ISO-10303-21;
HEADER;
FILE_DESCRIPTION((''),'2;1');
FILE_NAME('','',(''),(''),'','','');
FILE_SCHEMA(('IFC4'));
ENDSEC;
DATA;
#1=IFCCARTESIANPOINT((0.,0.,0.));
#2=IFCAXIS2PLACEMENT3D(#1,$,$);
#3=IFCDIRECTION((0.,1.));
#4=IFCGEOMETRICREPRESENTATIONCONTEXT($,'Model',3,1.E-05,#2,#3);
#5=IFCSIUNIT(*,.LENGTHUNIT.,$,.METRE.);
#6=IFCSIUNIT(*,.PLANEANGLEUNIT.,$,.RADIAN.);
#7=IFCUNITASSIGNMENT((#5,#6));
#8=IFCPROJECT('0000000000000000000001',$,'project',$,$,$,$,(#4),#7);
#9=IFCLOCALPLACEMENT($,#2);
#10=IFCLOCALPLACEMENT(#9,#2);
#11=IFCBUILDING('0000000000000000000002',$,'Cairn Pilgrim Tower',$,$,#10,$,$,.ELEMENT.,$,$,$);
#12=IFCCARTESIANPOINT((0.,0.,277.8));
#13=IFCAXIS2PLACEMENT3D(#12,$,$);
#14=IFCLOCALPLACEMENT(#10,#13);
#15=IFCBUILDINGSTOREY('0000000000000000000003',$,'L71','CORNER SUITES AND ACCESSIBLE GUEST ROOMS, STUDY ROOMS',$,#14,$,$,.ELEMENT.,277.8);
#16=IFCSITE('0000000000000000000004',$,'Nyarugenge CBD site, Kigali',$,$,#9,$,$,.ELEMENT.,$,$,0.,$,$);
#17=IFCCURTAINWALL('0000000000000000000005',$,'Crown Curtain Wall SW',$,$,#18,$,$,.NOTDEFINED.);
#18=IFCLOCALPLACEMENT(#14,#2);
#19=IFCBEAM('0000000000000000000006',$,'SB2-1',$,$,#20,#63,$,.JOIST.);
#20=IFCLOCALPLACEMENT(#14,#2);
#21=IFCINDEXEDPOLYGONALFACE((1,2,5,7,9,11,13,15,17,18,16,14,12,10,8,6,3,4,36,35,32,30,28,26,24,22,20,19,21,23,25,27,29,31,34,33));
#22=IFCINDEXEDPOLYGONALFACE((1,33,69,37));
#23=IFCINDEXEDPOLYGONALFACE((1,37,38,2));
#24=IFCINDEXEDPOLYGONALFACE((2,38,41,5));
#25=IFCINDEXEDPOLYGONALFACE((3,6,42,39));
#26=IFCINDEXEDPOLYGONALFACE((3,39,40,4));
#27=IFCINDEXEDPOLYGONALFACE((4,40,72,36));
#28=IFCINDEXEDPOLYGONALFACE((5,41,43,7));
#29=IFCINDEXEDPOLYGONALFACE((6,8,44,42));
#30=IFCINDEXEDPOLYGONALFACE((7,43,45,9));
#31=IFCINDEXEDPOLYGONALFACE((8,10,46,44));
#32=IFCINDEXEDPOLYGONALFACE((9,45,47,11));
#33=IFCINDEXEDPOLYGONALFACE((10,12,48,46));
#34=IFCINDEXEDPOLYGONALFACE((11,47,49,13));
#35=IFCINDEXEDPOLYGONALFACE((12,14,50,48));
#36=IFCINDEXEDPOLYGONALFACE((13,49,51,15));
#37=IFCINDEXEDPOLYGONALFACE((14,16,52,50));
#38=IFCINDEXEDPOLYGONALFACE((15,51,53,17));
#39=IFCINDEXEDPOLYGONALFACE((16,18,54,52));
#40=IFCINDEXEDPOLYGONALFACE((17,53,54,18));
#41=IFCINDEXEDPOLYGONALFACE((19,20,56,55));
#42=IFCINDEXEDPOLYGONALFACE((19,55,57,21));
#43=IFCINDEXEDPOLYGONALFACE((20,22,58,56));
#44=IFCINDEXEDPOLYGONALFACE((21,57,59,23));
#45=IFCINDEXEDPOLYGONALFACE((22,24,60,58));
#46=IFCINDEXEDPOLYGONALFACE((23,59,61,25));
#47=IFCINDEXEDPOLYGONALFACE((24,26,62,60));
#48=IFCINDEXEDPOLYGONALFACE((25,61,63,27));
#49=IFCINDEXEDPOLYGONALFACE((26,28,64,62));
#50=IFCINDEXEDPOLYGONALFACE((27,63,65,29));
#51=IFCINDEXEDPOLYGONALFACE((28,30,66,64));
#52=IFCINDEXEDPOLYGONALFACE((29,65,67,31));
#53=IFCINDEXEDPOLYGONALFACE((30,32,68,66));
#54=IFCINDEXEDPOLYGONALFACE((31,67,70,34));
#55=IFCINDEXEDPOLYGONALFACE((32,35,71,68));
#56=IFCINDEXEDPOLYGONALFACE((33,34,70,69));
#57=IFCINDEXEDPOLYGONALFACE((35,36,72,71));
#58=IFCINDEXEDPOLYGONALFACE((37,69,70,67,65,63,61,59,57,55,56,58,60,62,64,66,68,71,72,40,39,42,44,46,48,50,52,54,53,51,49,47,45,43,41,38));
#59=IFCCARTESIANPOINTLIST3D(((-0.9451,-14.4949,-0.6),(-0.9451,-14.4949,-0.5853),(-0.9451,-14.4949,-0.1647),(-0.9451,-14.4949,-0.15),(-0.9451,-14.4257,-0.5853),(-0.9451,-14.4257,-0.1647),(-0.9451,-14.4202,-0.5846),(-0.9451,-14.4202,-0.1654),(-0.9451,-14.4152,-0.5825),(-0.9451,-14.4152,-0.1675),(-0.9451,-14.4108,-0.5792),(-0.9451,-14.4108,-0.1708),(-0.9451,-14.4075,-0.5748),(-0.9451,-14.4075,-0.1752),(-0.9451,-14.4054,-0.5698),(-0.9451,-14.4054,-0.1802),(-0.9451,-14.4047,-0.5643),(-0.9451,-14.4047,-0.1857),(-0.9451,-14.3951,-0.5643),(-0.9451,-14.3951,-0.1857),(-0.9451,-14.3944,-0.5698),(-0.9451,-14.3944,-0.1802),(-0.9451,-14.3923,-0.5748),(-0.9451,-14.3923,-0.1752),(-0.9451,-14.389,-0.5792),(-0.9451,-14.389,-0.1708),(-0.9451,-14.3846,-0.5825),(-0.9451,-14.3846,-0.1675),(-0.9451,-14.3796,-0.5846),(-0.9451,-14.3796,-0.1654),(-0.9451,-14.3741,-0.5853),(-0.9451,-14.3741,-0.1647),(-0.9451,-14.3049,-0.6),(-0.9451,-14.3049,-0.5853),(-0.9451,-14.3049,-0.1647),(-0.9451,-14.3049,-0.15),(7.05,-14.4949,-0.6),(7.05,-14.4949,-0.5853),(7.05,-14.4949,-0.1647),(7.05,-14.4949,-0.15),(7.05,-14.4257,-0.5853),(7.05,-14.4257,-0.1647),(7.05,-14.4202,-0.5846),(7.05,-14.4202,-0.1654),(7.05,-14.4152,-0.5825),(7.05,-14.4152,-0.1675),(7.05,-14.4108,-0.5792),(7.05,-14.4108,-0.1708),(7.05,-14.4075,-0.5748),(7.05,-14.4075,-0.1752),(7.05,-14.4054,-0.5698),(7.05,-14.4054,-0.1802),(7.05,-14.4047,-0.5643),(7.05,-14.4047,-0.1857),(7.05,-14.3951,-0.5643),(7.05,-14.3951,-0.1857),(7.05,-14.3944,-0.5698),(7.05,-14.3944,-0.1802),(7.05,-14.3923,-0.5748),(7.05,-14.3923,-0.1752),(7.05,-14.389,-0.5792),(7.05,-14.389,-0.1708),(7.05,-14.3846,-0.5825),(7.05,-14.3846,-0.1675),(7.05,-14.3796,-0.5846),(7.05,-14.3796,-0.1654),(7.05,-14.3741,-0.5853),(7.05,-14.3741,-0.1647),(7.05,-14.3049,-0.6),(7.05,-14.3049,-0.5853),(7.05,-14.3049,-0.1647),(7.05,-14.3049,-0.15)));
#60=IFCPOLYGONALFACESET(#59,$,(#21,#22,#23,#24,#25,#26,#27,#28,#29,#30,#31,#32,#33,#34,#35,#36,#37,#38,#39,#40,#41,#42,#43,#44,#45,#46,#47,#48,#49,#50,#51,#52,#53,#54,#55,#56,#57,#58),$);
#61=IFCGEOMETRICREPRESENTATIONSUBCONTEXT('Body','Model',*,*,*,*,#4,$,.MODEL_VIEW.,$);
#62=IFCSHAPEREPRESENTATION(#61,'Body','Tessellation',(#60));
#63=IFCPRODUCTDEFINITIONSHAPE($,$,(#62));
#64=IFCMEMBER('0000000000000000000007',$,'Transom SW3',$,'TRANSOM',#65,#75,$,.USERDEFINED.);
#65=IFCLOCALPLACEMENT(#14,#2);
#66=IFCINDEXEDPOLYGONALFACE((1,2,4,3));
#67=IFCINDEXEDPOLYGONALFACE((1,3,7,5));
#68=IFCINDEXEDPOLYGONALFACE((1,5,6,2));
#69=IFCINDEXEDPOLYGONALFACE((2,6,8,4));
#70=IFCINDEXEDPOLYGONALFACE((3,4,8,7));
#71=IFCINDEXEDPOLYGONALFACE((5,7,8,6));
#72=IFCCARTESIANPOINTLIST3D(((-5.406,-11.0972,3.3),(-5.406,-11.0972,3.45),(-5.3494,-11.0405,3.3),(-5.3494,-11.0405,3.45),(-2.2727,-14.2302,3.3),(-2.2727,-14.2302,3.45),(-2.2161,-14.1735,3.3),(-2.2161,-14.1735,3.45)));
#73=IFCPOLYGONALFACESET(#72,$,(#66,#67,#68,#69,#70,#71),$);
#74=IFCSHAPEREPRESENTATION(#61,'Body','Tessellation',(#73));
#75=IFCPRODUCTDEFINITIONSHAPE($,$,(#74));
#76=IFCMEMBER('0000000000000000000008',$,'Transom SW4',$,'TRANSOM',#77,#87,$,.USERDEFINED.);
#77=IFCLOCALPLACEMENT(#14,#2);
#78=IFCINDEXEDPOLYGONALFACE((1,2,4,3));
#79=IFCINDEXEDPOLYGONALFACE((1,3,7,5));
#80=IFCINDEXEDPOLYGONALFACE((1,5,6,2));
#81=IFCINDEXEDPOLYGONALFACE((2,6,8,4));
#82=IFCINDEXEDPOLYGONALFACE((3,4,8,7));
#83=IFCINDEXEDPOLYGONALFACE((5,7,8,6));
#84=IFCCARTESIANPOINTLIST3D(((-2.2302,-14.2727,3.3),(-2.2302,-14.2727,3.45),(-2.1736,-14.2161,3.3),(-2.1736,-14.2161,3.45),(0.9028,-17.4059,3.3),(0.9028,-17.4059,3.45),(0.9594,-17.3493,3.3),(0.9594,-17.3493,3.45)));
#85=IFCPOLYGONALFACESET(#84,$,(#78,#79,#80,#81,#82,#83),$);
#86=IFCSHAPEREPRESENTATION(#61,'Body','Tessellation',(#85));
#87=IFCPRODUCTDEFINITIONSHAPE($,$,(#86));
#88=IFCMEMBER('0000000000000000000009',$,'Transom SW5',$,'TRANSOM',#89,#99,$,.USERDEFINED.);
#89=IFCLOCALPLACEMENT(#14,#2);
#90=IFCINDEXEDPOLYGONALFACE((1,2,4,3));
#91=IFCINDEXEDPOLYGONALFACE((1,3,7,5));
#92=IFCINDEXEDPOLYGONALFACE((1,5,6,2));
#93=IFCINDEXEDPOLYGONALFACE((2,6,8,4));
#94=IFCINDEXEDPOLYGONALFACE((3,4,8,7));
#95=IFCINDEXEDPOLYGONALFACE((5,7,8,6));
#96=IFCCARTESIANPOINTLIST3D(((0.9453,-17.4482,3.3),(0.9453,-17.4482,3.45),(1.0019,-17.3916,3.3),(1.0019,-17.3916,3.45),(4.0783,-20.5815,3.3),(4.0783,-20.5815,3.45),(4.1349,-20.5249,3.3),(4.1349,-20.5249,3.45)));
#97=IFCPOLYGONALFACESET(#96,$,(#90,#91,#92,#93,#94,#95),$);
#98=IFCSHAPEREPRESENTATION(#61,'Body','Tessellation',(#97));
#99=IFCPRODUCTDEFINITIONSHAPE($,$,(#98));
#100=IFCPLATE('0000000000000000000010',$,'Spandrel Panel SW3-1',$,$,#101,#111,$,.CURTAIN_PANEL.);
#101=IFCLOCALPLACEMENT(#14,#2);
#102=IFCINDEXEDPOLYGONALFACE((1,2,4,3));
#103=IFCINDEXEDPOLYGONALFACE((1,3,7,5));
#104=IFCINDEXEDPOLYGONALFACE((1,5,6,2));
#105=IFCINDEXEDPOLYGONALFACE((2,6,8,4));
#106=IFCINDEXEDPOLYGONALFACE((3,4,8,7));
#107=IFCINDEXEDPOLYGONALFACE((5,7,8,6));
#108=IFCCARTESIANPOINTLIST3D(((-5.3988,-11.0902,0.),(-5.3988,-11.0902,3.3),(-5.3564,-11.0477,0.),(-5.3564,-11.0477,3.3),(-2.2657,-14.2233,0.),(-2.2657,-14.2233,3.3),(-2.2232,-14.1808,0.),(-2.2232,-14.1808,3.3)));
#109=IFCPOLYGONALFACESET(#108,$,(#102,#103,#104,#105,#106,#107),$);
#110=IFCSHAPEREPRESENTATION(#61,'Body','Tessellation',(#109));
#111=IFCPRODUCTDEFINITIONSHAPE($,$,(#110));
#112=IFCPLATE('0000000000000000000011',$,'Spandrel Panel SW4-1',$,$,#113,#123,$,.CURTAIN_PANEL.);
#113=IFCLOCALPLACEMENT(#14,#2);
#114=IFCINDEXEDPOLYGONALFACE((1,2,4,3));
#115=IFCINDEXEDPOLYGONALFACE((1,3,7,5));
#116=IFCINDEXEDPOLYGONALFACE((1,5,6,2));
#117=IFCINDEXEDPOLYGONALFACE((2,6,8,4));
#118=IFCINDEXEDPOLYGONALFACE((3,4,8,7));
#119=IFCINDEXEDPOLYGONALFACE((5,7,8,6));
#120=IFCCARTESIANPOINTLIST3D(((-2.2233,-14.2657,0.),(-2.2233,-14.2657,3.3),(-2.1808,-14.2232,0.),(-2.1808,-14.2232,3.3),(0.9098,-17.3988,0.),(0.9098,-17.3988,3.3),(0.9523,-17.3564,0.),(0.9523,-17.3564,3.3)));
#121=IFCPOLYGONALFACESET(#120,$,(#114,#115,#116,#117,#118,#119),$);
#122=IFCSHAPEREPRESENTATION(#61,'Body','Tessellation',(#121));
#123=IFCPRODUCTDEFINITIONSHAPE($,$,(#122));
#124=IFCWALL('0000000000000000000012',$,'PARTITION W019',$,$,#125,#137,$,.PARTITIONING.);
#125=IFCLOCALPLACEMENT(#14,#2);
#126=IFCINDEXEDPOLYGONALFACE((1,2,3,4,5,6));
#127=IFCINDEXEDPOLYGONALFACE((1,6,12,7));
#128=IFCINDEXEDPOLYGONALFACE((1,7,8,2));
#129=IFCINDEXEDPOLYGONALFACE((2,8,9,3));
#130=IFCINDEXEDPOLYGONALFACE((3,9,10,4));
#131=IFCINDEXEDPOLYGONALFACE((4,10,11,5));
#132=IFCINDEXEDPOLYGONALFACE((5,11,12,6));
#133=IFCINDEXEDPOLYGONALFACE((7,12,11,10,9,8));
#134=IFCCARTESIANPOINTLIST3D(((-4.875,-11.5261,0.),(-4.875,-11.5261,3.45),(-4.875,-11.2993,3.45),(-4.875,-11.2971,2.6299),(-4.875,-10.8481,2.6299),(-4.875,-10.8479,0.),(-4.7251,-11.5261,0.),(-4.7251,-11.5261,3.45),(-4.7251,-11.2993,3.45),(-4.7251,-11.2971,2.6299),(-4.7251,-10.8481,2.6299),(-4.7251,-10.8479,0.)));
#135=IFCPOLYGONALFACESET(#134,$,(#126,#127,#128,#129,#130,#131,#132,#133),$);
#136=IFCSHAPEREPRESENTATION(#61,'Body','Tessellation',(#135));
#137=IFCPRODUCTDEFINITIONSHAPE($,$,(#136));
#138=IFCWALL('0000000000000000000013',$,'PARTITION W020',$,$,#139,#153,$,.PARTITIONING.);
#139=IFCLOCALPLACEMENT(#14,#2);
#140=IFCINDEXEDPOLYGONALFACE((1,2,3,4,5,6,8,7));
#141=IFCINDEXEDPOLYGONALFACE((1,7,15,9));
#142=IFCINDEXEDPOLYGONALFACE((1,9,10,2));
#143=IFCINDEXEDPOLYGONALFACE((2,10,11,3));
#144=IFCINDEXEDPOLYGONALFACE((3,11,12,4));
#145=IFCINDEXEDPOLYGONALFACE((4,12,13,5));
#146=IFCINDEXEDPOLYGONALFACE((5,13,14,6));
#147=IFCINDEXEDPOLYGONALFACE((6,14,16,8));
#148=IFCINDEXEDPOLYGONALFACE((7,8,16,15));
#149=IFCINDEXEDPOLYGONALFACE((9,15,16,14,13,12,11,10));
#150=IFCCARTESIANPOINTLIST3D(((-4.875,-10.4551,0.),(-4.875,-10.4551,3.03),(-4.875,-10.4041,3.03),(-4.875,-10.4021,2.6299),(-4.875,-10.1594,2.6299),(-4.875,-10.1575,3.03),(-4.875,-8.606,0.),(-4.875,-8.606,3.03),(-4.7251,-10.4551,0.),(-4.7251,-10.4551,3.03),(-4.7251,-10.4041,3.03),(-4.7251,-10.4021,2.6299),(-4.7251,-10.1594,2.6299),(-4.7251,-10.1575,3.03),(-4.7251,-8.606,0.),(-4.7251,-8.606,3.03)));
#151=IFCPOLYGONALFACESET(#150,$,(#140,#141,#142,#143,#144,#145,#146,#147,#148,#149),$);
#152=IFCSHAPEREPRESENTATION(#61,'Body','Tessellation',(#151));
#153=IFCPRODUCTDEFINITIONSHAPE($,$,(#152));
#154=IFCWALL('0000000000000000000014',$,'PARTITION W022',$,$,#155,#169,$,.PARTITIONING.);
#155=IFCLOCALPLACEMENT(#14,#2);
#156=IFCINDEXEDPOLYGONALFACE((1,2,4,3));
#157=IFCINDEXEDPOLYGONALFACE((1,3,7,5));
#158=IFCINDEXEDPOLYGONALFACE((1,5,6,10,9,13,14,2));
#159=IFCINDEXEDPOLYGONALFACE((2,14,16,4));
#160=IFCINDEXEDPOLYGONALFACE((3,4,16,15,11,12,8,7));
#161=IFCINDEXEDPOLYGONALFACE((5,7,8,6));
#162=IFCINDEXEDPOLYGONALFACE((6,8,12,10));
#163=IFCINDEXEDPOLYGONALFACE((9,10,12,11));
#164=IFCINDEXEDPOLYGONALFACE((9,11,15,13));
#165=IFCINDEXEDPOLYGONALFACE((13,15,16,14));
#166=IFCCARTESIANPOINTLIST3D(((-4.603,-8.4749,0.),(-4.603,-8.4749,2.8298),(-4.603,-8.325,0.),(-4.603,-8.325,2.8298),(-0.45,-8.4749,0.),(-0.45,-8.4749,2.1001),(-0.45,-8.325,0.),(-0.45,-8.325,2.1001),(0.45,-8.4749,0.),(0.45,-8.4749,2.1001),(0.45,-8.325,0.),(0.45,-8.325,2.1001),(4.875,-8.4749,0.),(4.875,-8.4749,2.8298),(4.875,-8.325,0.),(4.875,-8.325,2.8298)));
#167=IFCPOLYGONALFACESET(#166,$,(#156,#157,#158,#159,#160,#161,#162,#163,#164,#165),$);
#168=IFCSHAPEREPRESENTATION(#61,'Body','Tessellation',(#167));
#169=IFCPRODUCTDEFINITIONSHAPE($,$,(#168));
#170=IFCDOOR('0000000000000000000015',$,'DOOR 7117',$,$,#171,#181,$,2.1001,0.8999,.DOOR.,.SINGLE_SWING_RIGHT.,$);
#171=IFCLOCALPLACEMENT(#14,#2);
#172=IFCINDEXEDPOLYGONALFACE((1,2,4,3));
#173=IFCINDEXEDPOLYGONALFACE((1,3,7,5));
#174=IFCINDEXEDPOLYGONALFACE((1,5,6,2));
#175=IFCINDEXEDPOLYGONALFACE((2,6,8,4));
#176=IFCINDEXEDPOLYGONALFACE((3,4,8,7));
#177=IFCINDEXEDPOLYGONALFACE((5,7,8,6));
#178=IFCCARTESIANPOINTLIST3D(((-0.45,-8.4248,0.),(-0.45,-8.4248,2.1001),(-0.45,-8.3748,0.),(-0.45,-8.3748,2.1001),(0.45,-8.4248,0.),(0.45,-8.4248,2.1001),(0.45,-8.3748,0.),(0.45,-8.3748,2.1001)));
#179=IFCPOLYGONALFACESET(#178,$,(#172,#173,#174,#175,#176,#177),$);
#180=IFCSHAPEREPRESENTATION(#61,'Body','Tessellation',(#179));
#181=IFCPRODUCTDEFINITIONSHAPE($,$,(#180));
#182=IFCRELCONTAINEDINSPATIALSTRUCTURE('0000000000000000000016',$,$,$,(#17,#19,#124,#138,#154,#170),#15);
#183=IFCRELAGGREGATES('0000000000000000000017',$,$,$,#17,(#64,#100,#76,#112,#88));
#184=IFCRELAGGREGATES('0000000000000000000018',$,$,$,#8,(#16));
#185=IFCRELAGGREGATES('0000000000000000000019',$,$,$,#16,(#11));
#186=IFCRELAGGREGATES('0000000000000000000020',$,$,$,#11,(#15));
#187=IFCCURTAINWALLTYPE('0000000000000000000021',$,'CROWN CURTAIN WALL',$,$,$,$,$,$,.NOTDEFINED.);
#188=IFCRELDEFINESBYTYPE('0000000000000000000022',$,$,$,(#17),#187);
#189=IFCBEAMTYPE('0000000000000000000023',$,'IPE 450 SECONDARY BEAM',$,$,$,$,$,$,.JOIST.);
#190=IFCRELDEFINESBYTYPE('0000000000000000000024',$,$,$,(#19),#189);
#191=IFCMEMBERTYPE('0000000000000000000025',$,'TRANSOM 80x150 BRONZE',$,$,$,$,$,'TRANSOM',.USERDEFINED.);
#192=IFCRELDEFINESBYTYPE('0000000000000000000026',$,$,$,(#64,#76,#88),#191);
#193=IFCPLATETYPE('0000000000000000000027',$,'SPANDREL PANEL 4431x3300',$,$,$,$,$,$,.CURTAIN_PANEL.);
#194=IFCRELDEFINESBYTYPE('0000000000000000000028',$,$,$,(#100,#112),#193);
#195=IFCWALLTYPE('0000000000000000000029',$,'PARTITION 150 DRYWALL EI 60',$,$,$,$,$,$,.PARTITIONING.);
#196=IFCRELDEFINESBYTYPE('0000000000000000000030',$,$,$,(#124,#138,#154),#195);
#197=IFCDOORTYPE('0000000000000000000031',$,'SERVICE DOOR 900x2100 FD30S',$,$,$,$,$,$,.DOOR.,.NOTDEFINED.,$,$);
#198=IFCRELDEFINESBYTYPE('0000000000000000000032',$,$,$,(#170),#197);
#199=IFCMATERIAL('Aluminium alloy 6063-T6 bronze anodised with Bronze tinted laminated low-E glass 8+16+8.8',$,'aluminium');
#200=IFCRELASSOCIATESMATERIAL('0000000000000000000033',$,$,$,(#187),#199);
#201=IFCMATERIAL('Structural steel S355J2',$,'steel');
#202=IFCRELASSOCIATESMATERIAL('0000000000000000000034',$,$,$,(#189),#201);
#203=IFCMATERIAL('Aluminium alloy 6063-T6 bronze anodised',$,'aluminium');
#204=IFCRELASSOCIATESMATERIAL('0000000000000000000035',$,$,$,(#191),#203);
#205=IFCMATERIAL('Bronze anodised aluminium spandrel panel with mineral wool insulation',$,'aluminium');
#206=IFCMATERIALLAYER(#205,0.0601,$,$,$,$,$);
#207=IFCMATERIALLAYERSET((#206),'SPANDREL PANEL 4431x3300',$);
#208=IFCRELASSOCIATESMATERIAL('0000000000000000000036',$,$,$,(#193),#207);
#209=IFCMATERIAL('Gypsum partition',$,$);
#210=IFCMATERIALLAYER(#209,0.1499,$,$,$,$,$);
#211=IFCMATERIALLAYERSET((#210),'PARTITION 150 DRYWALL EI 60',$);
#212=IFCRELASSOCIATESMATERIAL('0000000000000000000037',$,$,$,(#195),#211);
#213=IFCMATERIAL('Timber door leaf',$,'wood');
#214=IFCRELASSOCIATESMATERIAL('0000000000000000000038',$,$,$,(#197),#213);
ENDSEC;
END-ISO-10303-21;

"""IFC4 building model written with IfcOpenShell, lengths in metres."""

from ifc_helpers import new_model, si_unit, direction, frame, frame_2d, origin, origin_2d, place, context, subcontext, project, spatial, polyline, rectangle, i_section, outline, extrude, material, layer, layer_set, material_profile, profile_set, type_object, element, fill, aggregate, save


model = new_model("IFC4")

# Units and contexts
model_context = context("Model", 3, precision=1e-05, world=origin(), true_north=direction((0.0, 1.0)))
body_context = subcontext(model_context, "Body", "Model", "MODEL_VIEW")
ifc_project = project(units=[si_unit("LENGTHUNIT", "METRE"), si_unit("PLANEANGLEUNIT", "RADIAN")], contexts=[model_context])

# Site, building, storey
site_placement = place(None, origin())
site = spatial("IfcSite", under=ifc_project, at=site_placement, Name="Nyarugenge CBD site, Kigali", CompositionType="ELEMENT", RefElevation=0.0)
building_placement = place(site_placement, origin())
building = spatial("IfcBuilding", under=site, at=building_placement, Name="Cairn Pilgrim Tower", CompositionType="ELEMENT")
storey_placement = place(building_placement, frame((0.0, 0.0, 277.8)))
storey = spatial("IfcBuildingStorey", under=building, at=storey_placement, Name="L71", Description="CORNER SUITES AND ACCESSIBLE GUEST ROOMS, STUDY ROOMS", CompositionType="ELEMENT", Elevation=277.8)

# Shared definitions
ifc_material_1 = material(Name="Structural steel S355J2", Category="steel")

# Curtain wall
ifc_material_2 = material(Name="Aluminium alloy 6063-T6 bronze anodised with Bronze tinted laminated low-E glass 8+16+8.8", Category="aluminium")
curtain_wall_type = type_object("IfcCurtainWallType", Name="CROWN CURTAIN WALL", PredefinedType="NOTDEFINED", material=ifc_material_2)
curtain_wall_placement = place(storey_placement, origin())
curtain_wall = element("IfcCurtainWall", 1, at=curtain_wall_placement, inside=storey, type_object=curtain_wall_type, Name="Crown Curtain Wall SW", PredefinedType="NOTDEFINED")
ifc_material_3 = material(Name="Aluminium alloy 6063-T6 bronze anodised", Category="aluminium")

# Beam
ifc_material_profile_1 = material_profile(ifc_material_1, i_section(OverallWidth=0.1899, OverallDepth=0.45, WebThickness=0.0095, FlangeThickness=0.0146, FilletRadius=0.021, at=origin_2d()), Name="IPE 450")
ifc_profile_set_1 = profile_set([ifc_material_profile_1], Name="Structural steel S355J2")
beam_type_1 = type_object("IfcBeamType", Name="IPE 450 SECONDARY BEAM", PredefinedType="JOIST", material=ifc_profile_set_1)
beam_1_placement = place(storey_placement, frame((-0.9451, -14.3999, -0.375), z_axis=(1.0, 0.0, 0.0), x_axis=(0.0, 1.0, 0.0)))
element("IfcBeam", 2, at=beam_1_placement, inside=storey, type_object=beam_type_1, Name="SB2-1", PredefinedType="JOIST", context=body_context, shape_type="SweptSolid", body=[
    extrude(i_section(OverallWidth=0.1899, OverallDepth=0.45, WebThickness=0.0095, FlangeThickness=0.0146, FilletRadius=0.021, at=origin_2d()), origin(), (0.0, 0.0, 1.0), 7.9951),
])

# Members
ifc_material_profile_2 = material_profile(ifc_material_3, rectangle(XDim=0.0801, YDim=0.1499, at=origin_2d()), Name="TRANSOM 80x150 BRONZE")
ifc_profile_set_2 = profile_set([ifc_material_profile_2], Name="Aluminium alloy 6063-T6 bronze anodised")
member_type_1 = type_object("IfcMemberType", Name="TRANSOM 80x150 BRONZE", ElementType="TRANSOM", PredefinedType="USERDEFINED", material=ifc_profile_set_2)
member_1_placement = place(storey_placement, frame((-5.3777, -11.0688, 3.375), z_axis=(0.707134, -0.707079, 0.0), x_axis=(0.707079, 0.707134, 0.0)))
member_1 = element("IfcMember", 3, at=member_1_placement, type_object=member_type_1, Name="Transom SW3", ObjectType="TRANSOM", PredefinedType="USERDEFINED", context=body_context, shape_type="SweptSolid", body=[
    extrude(rectangle(XDim=0.0801, YDim=0.1499, at=origin_2d()), origin(), (0.0, 0.0, 1.0), 4.4309),
])
member_2_placement = place(storey_placement, frame((-2.2019, -14.2444, 3.375), z_axis=(0.707079, -0.707134, 0.0), x_axis=(0.707134, 0.707079, 0.0)))
member_2 = element("IfcMember", 4, at=member_2_placement, type_object=member_type_1, Name="Transom SW4", ObjectType="TRANSOM", PredefinedType="USERDEFINED", context=body_context, shape_type="SweptSolid", body=[
    extrude(rectangle(XDim=0.0801, YDim=0.1499, at=origin_2d()), origin(), (0.0, 0.0, 1.0), 4.4309),
])
member_3_placement = place(storey_placement, frame((0.9736, -17.4199, 3.375), z_axis=(0.707079, -0.707134, 0.0), x_axis=(0.707134, 0.707079, 0.0)))
member_3 = element("IfcMember", 5, at=member_3_placement, type_object=member_type_1, Name="Transom SW5", ObjectType="TRANSOM", PredefinedType="USERDEFINED", context=body_context, shape_type="SweptSolid", body=[
    extrude(rectangle(XDim=0.0801, YDim=0.1499, at=origin_2d()), origin(), (0.0, 0.0, 1.0), 4.4309),
])

# Plates
ifc_material_4 = material(Name="Bronze anodised aluminium spandrel panel with mineral wool insulation", Category="aluminium")
ifc_layer_1 = layer(ifc_material_4, 0.0601)
ifc_layer_set_1 = layer_set([ifc_layer_1], Name="SPANDREL PANEL 4431x3300")
plate_type = type_object("IfcPlateType", Name="SPANDREL PANEL 4431x3300", PredefinedType="CURTAIN_PANEL", material=ifc_layer_set_1)
plate_1_placement = place(storey_placement, frame((-3.811, -12.6355, 0.0), z_axis=(0.0, 0.0, 1.0), x_axis=(0.707107, -0.707107, 0.0)))
plate_1 = element("IfcPlate", 6, at=plate_1_placement, type_object=plate_type, Name="Spandrel Panel SW3-1", PredefinedType="CURTAIN_PANEL", context=body_context, shape_type="SweptSolid", body=[
    extrude(rectangle(XDim=4.4309, YDim=0.0601, at=origin_2d()), origin(), (0.0, 0.0, 1.0), 3.3),
])
plate_2_placement = place(storey_placement, frame((-0.6355, -15.811, 0.0), z_axis=(0.0, 0.0, 1.0), x_axis=(0.707107, -0.707107, 0.0)))
plate_2 = element("IfcPlate", 7, at=plate_2_placement, type_object=plate_type, Name="Spandrel Panel SW4-1", PredefinedType="CURTAIN_PANEL", context=body_context, shape_type="SweptSolid", body=[
    extrude(rectangle(XDim=4.4309, YDim=0.0601, at=origin_2d()), origin(), (0.0, 0.0, 1.0), 3.3),
])
aggregate(curtain_wall, [member_1, plate_1, member_2, plate_2, member_3])

# Walls
ifc_material_5 = material(Name="Gypsum partition")
ifc_layer_2 = layer(ifc_material_5, 0.1499)
ifc_layer_set_2 = layer_set([ifc_layer_2], Name="PARTITION 150 DRYWALL EI 60")
wall_type_1 = type_object("IfcWallType", Name="PARTITION 150 DRYWALL EI 60", PredefinedType="PARTITIONING", material=ifc_layer_set_2)
wall_1_placement = place(storey_placement, frame((-4.8, -11.5261, 0.0), z_axis=(0.0, 0.0, 1.0), x_axis=(0.0, 1.0, 0.0)))
element("IfcWall", 8, at=wall_1_placement, inside=storey, type_object=wall_type_1, Name="PARTITION W019", PredefinedType="PARTITIONING", context=body_context, shape_type="SweptSolid", body=[
    extrude(outline(polyline([(0.0, 0.0), (0.6782, 0.0), (0.678, 2.6299), (0.229, 2.6299), (0.2268, 3.45), (0.0, 3.45), (0.0, 0.0)])), frame((0.0, 0.075, 0.0), z_axis=(0.0, -1.0, 0.0), x_axis=(1.0, 0.0, 0.0)), (0.0, 0.0, 1.0), 0.1499),
])
wall_2_placement = place(storey_placement, frame((-4.8, -10.4551, 0.0), z_axis=(0.0, 0.0, 1.0), x_axis=(0.0, 1.0, 0.0)))
element("IfcWall", 9, at=wall_2_placement, inside=storey, type_object=wall_type_1, Name="PARTITION W020", PredefinedType="PARTITIONING", context=body_context, shape_type="SweptSolid", body=[
    extrude(outline(polyline([(0.0, 0.0), (1.8491, 0.0), (1.8491, 3.03), (0.2976, 3.03), (0.2957, 2.6299), (0.053, 2.6299), (0.051, 3.03), (0.0, 3.03), (0.0, 0.0)])), frame((0.0, 0.075, 0.0), z_axis=(0.0, -1.0, 0.0), x_axis=(1.0, 0.0, 0.0)), (0.0, 0.0, 1.0), 0.1499),
])

# Wall, opening, door
wall_3_placement = place(storey_placement, frame((-4.603, -8.3999, 0.0), z_axis=(0.0, 0.0, 1.0), x_axis=(1.0, 0.0, 0.0)))
wall_3 = element("IfcWall", 10, at=wall_3_placement, inside=storey, type_object=wall_type_1, Name="PARTITION W022", PredefinedType="PARTITIONING", context=body_context, shape_type="SweptSolid", body=[
    extrude(rectangle(XDim=9.478, YDim=0.1499, at=frame_2d((4.739, 0.0))), origin(), (0.0, 0.0, 1.0), 2.8298),
])
opening_1_placement = place(wall_3_placement, frame((4.1531, 0.0, 0.0)))
opening_1 = element("IfcOpeningElement", 11, at=opening_1_placement, cuts=wall_3, PredefinedType="OPENING", context=body_context, shape_type="SweptSolid", body=[
    extrude(rectangle(XDim=0.8999, YDim=2.1001, at=frame_2d((0.45, 1.05))), frame((0.0, 0.085, 0.0), z_axis=(0.0, -1.0, 0.0), x_axis=(1.0, 0.0, 0.0)), (0.0, 0.0, 1.0), 0.1699),
])
ifc_material_6 = material(Name="Timber door leaf", Category="wood")
door_type_1 = type_object("IfcDoorType", Name="SERVICE DOOR 900x2100 FD30S", OperationType="NOTDEFINED", PredefinedType="DOOR", material=ifc_material_6)
door_1_placement = place(opening_1_placement, frame((0.8999, 0.0, 0.0), z_axis=(0.0, 0.0, 1.0), x_axis=(-1.0, 0.0, 0.0)))
door_1 = element("IfcDoor", 12, at=door_1_placement, inside=storey, type_object=door_type_1, Name="DOOR 7117", OperationType="SINGLE_SWING_RIGHT", OverallHeight=2.1001, OverallWidth=0.8999, PredefinedType="DOOR", context=body_context, shape_type="SweptSolid", body=[
    extrude(rectangle(XDim=0.8999, YDim=2.1001, at=frame_2d((0.45, 1.05))), frame((0.0, 0.0249, 0.0), z_axis=(0.0, -1.0, 0.0), x_axis=(1.0, 0.0, 0.0)), (0.0, 0.0, 1.0), 0.05),
])
fill(opening_1, door_1)

save(model, "model.ifc")
